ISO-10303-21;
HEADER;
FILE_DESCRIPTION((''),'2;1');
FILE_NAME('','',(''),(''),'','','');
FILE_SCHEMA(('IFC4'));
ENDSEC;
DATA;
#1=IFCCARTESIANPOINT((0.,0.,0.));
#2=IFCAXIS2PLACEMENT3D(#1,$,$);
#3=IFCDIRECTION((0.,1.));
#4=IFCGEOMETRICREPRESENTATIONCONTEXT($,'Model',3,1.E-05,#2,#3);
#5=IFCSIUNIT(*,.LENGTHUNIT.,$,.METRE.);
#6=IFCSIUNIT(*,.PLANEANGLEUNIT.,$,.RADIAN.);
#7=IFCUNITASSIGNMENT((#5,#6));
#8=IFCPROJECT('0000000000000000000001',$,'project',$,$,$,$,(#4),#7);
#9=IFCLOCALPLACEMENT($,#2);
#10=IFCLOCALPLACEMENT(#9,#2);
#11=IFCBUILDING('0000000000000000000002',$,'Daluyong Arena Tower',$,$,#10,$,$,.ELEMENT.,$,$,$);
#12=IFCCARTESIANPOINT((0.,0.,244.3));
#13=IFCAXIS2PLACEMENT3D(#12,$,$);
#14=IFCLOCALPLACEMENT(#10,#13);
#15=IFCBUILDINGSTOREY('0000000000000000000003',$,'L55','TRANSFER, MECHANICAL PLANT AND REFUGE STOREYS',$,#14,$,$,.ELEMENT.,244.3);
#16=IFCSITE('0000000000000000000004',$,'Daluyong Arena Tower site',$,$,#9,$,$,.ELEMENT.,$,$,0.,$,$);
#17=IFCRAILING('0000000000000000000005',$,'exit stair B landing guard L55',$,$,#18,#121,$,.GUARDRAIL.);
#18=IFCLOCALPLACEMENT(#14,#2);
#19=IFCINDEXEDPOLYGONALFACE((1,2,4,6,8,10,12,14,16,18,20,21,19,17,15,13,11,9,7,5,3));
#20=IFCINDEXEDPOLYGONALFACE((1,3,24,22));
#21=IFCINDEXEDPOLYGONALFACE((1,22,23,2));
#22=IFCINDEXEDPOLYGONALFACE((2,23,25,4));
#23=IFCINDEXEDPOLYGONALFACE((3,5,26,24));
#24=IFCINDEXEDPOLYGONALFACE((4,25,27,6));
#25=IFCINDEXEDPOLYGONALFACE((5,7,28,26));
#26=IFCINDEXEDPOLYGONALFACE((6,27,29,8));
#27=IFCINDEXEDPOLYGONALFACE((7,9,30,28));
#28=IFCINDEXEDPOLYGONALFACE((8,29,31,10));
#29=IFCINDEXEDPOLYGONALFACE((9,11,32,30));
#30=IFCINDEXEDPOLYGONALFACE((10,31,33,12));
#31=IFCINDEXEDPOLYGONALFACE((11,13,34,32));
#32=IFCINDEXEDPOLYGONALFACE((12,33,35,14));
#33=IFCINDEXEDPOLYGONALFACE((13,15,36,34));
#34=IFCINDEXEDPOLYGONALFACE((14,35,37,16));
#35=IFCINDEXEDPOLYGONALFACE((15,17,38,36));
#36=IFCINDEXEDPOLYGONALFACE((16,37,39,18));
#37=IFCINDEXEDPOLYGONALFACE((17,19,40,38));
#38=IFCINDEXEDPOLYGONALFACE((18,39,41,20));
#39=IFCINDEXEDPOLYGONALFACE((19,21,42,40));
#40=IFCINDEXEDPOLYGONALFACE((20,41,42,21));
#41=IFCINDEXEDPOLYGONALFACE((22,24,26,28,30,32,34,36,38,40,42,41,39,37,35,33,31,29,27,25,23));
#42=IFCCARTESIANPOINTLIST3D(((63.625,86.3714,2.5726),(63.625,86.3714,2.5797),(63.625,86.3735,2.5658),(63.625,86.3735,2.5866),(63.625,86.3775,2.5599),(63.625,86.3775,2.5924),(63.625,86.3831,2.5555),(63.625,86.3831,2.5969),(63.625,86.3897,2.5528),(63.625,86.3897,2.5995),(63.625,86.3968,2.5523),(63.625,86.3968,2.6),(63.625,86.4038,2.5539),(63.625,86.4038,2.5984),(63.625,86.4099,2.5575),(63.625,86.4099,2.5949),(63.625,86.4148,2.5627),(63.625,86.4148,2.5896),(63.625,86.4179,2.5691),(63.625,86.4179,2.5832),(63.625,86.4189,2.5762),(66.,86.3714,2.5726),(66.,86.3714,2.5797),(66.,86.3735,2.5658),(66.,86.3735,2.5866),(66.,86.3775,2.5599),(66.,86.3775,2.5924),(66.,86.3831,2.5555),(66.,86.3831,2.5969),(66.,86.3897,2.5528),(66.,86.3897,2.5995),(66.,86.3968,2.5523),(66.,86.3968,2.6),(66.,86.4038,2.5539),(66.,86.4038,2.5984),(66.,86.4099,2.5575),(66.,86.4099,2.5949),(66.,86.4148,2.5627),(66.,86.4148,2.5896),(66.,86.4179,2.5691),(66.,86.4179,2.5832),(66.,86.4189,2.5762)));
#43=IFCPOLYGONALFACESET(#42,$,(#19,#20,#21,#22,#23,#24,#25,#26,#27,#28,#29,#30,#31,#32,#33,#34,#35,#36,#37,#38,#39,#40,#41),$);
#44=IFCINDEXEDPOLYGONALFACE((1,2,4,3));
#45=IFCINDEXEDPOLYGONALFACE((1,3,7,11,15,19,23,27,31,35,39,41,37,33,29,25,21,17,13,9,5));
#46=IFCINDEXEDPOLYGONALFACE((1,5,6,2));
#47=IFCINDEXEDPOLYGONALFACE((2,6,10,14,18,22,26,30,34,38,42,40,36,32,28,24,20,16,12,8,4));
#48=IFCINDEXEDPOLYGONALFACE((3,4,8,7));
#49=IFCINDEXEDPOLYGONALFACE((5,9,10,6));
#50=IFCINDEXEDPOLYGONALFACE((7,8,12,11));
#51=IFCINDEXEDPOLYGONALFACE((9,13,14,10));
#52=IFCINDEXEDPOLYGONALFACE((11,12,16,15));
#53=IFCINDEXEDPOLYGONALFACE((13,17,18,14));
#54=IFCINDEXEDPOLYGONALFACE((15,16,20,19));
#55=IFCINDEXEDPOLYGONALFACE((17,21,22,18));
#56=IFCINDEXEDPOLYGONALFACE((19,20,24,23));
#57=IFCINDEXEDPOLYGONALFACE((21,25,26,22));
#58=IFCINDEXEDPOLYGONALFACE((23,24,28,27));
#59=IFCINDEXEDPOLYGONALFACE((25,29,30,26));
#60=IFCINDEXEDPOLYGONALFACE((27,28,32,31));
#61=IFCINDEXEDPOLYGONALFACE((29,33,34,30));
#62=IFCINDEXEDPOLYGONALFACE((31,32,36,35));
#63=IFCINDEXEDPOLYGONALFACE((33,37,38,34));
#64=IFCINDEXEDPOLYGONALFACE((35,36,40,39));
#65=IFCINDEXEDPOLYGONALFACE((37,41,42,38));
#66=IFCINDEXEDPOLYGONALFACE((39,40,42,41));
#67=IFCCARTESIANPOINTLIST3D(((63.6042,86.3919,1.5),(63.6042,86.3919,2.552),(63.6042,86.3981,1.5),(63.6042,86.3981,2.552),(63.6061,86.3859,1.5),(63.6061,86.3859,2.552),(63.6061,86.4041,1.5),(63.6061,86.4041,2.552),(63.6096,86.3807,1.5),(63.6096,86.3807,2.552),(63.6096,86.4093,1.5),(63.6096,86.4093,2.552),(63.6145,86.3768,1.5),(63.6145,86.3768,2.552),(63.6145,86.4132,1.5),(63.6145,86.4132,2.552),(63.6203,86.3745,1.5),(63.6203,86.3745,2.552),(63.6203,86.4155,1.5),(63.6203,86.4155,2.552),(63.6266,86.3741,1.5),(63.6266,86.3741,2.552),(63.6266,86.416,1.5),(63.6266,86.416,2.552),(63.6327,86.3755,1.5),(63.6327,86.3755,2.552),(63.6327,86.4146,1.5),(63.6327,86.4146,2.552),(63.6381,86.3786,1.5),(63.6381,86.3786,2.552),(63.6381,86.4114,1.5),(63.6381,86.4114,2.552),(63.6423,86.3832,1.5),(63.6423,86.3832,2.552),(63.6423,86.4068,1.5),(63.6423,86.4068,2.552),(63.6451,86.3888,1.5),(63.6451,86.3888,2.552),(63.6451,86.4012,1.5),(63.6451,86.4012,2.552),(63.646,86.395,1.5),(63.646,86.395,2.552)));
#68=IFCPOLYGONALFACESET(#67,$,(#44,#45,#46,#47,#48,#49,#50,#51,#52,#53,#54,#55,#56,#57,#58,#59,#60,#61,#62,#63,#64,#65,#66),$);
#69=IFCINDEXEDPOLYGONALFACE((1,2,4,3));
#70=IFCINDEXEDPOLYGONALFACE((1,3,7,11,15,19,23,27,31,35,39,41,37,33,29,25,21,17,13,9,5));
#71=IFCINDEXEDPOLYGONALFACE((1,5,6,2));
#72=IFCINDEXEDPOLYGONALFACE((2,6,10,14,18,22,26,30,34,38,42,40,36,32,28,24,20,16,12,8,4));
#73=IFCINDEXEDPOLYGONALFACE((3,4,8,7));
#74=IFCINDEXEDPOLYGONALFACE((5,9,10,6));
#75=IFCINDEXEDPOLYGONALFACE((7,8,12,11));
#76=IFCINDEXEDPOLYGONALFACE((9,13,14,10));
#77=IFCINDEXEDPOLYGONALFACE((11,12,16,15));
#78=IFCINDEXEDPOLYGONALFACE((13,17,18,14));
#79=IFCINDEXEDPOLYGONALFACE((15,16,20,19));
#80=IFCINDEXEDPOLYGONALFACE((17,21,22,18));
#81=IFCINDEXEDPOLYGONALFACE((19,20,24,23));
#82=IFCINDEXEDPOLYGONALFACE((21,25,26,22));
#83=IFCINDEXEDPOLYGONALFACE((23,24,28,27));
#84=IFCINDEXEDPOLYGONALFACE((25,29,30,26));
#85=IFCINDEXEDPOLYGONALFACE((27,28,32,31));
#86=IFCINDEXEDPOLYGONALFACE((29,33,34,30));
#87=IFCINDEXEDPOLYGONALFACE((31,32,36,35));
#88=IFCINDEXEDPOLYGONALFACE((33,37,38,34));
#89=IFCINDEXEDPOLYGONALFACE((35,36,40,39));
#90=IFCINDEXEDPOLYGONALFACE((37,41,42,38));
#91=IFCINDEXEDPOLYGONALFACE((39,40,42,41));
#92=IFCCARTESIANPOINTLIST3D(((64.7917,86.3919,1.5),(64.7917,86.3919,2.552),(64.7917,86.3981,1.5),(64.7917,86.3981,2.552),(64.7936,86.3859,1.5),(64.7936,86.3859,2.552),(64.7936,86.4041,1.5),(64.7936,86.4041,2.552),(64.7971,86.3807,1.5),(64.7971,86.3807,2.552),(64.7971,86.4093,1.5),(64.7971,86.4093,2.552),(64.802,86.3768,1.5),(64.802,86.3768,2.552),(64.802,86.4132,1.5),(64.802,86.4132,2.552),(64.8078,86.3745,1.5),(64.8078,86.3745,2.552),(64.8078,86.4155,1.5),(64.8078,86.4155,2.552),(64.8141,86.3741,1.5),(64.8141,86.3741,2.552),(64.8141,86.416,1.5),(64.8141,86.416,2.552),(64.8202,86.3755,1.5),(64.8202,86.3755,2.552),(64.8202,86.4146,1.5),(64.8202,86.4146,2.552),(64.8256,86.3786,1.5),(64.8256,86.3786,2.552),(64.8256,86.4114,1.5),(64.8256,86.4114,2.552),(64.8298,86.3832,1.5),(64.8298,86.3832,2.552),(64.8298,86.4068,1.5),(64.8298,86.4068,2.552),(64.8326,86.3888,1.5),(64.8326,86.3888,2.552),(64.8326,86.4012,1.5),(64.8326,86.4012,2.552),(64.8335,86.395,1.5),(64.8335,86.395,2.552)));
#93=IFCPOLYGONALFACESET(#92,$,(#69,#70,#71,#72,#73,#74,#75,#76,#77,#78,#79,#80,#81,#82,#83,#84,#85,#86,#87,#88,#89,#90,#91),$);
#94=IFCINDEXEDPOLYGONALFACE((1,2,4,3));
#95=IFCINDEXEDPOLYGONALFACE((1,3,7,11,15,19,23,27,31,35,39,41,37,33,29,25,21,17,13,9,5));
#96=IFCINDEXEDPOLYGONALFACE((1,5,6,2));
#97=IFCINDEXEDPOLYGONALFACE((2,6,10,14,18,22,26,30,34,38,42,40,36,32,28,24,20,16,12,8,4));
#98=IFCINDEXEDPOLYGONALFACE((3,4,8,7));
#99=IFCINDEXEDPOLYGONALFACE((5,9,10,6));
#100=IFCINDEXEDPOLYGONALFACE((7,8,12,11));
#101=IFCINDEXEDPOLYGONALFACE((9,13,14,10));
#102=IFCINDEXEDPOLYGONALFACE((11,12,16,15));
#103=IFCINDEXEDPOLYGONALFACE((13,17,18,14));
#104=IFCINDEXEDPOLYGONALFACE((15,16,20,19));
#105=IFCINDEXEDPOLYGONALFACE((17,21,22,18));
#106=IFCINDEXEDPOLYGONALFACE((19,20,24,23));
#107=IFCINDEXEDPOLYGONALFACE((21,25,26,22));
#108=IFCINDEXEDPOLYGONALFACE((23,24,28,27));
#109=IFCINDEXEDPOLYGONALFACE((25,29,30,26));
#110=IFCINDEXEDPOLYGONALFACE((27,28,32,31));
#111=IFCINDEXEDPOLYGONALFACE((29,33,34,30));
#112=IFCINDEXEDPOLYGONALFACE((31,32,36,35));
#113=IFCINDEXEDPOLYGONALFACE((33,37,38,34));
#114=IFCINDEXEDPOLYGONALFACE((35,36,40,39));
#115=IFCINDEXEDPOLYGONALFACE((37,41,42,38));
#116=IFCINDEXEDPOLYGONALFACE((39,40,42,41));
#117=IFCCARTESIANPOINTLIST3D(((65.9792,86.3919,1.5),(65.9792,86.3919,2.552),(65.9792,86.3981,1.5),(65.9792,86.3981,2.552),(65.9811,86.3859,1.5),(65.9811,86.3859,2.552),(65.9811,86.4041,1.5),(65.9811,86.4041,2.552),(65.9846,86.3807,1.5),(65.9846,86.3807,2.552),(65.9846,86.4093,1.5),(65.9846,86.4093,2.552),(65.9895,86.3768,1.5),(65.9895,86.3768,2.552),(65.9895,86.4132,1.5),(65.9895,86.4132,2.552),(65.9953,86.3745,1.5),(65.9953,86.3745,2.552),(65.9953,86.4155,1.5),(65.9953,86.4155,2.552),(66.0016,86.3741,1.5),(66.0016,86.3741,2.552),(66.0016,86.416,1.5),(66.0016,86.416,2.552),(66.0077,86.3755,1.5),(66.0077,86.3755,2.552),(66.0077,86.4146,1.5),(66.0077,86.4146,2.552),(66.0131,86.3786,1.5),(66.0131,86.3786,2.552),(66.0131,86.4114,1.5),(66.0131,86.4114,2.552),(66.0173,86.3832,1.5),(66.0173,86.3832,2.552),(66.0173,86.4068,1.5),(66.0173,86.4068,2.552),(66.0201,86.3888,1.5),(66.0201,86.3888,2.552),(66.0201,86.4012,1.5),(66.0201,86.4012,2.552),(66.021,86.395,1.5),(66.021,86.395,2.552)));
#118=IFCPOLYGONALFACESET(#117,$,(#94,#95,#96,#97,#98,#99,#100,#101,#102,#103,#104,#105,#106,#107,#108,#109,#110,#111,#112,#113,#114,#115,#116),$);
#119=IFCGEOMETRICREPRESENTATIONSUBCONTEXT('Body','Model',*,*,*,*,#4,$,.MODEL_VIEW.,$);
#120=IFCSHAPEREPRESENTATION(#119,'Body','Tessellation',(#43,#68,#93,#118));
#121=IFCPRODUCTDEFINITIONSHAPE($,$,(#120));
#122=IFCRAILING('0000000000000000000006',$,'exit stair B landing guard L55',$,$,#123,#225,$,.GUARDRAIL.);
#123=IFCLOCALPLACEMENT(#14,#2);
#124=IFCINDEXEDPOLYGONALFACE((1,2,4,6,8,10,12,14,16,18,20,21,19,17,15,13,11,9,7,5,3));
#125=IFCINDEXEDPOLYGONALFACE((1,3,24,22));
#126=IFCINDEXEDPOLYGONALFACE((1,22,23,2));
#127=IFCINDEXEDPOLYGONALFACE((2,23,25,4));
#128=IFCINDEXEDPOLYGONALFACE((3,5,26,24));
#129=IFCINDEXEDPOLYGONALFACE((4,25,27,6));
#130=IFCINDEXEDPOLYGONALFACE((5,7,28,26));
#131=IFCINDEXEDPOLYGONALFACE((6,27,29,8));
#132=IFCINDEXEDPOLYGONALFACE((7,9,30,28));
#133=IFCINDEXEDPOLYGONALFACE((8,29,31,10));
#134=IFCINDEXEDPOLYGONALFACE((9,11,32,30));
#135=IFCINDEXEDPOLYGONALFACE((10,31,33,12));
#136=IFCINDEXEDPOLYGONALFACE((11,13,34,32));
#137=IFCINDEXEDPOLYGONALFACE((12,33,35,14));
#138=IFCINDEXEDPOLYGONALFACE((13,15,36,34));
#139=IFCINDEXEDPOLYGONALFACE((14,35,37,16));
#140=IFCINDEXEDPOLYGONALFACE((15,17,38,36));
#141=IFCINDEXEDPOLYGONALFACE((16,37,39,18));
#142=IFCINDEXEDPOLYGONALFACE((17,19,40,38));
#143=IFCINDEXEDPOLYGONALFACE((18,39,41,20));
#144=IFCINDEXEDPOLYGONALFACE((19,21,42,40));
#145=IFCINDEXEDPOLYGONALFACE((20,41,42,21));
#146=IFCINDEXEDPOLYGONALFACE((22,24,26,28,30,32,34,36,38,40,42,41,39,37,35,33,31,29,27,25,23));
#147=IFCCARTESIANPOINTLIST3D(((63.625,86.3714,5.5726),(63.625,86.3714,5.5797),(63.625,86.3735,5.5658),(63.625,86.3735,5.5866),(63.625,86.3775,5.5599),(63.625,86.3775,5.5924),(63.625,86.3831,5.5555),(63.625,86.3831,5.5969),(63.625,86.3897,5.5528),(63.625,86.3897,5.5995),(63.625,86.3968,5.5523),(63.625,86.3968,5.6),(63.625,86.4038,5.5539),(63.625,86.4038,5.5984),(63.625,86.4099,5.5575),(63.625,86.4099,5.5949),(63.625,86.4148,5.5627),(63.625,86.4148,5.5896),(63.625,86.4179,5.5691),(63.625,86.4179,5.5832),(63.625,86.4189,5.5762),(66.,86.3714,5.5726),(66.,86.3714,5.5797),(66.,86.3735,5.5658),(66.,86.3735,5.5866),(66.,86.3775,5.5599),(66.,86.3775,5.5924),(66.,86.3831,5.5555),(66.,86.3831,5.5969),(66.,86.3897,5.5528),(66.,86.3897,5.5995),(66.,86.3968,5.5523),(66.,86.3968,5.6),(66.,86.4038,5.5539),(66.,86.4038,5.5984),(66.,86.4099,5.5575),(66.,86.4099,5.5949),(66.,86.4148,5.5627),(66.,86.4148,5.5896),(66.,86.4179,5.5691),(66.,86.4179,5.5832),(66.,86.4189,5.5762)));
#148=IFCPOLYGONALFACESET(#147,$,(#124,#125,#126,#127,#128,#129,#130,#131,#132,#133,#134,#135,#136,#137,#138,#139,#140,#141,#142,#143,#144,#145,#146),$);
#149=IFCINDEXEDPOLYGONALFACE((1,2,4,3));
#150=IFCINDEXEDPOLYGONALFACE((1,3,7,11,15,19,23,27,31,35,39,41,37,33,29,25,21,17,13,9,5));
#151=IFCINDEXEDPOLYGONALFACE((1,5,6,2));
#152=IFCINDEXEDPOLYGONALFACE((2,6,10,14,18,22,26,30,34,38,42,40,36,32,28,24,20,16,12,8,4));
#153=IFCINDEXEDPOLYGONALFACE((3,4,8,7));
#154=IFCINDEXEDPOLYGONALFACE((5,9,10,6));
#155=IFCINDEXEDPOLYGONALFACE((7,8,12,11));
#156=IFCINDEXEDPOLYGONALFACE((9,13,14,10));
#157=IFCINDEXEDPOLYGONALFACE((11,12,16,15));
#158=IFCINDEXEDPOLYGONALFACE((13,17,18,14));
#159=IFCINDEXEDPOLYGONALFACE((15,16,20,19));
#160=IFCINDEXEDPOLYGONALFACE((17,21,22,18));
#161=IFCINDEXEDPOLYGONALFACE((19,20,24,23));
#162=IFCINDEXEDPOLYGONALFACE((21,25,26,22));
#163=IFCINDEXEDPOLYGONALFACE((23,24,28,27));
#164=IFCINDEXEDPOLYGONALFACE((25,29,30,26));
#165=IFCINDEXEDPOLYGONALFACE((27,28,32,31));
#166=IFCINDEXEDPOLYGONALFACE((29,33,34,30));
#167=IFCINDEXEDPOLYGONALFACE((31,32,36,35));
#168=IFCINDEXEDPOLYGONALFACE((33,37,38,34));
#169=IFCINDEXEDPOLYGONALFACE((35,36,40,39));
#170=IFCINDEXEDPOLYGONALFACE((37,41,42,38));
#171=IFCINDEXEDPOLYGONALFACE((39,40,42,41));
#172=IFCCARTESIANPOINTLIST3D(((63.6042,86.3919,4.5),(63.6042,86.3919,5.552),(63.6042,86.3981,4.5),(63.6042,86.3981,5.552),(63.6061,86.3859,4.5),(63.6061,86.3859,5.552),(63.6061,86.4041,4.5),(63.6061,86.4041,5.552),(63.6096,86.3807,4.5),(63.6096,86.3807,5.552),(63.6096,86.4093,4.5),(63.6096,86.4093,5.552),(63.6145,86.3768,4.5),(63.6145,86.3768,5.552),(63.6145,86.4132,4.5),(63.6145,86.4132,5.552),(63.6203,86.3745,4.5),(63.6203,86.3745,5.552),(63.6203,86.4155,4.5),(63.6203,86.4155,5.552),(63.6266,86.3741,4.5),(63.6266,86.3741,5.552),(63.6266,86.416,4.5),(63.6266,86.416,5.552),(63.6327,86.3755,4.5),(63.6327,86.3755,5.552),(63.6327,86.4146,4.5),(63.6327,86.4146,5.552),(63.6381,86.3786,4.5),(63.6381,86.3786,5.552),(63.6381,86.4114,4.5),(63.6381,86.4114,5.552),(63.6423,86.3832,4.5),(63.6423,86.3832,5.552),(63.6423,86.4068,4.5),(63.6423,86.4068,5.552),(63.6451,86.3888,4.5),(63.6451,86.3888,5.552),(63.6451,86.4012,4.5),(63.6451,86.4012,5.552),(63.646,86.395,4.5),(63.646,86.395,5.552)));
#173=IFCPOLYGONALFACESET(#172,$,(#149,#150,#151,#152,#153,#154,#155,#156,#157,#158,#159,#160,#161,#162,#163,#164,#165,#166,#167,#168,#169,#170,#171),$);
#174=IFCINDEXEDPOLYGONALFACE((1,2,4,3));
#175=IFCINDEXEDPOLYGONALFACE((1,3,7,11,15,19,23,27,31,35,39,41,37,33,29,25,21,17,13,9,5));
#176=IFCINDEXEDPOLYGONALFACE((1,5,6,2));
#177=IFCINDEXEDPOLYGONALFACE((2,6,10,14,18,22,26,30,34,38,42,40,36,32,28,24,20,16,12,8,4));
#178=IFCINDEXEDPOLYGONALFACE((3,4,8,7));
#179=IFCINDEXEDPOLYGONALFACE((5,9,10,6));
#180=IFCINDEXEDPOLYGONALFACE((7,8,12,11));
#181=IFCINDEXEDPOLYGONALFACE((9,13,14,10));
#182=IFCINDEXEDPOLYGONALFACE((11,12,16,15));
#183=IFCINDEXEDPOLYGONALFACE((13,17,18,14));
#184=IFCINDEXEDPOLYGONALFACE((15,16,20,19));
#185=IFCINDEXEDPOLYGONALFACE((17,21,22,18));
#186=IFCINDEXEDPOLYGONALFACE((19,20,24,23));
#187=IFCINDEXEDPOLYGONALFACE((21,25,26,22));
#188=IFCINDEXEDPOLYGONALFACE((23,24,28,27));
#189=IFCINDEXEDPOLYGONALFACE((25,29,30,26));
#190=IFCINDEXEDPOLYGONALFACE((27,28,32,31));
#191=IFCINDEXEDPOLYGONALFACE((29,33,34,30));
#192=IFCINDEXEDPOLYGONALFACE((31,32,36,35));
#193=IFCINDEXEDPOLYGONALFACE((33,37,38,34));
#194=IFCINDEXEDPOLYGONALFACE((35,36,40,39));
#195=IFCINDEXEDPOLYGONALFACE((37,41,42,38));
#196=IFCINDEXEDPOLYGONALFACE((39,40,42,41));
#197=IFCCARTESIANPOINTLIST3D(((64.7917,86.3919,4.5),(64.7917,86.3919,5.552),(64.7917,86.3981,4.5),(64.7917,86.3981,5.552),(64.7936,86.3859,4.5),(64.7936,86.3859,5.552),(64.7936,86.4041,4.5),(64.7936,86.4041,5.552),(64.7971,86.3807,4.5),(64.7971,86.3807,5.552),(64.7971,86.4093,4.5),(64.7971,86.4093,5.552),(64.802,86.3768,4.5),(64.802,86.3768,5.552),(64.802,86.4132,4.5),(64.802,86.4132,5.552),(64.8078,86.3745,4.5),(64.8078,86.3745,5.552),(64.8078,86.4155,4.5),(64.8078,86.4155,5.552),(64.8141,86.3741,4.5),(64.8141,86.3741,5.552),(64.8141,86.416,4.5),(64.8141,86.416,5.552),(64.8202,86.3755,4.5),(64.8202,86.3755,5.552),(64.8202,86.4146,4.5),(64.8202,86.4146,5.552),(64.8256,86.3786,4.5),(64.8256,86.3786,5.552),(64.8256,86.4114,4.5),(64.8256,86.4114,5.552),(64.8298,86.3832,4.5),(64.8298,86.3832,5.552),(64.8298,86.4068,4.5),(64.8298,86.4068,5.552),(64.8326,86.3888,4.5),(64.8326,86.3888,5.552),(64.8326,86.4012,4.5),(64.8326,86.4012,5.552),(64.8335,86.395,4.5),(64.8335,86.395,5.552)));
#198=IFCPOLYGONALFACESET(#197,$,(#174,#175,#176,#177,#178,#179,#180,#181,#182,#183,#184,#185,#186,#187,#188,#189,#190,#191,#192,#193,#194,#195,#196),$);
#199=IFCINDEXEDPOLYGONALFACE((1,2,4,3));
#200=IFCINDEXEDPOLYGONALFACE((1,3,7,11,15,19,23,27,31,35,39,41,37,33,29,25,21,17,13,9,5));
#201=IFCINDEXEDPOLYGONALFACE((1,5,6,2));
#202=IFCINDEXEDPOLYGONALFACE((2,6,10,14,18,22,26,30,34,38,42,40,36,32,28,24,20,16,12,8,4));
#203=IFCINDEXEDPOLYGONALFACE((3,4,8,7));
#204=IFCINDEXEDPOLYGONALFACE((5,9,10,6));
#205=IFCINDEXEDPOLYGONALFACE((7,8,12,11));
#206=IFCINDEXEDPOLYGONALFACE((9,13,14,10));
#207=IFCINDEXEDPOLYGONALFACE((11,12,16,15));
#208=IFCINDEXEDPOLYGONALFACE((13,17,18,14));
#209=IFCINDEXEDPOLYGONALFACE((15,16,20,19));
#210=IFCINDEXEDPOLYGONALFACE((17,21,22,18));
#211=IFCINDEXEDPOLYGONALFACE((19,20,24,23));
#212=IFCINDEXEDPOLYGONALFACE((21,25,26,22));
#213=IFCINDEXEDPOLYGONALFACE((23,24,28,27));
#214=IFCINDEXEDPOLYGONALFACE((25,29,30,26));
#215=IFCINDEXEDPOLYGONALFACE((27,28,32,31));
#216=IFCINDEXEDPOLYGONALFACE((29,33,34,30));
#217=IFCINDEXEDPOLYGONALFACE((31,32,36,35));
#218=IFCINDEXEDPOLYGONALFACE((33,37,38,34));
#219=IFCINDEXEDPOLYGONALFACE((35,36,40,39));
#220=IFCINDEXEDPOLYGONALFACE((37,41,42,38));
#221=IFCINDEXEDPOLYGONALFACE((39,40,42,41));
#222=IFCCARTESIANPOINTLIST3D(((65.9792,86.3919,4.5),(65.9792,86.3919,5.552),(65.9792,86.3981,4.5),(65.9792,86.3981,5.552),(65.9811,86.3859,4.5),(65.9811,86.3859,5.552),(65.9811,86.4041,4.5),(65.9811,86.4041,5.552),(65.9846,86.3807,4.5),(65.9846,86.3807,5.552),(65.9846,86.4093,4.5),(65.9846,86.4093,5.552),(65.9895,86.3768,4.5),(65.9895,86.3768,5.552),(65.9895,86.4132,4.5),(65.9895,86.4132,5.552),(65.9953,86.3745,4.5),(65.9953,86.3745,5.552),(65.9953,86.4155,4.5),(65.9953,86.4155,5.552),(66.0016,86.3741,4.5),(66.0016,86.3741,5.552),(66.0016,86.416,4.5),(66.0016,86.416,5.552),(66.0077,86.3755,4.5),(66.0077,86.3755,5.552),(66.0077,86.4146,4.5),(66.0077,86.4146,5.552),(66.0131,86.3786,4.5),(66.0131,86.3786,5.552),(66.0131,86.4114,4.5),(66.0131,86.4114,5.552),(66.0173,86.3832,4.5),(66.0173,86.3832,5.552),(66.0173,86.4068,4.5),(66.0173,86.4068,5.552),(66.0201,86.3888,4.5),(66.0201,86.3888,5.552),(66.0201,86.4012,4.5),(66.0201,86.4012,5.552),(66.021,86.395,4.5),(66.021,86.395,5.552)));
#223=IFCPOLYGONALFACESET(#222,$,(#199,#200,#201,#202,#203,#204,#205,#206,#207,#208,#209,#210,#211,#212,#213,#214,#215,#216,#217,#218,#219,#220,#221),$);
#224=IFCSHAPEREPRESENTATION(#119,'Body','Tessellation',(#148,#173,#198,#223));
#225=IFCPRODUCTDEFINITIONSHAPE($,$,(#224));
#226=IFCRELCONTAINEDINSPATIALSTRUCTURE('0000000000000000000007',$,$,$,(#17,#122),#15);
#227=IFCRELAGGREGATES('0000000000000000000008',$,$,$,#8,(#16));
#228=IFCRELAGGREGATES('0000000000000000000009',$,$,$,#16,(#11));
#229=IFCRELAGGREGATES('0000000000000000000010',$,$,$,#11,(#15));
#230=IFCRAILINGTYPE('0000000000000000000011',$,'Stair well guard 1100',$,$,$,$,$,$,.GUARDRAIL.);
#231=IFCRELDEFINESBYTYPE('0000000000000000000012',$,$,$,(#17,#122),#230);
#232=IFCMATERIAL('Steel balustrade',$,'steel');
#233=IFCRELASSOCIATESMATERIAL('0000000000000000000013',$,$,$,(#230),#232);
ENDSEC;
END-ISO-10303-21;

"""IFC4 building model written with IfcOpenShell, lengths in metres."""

from ifc_helpers import new_model, si_unit, direction, frame, origin, origin_2d, place, context, subcontext, project, spatial, circle, extrude, material, type_object, element, save


model = new_model("IFC4")

# Units and contexts
model_context = context("Model", 3, precision=1e-05, world=origin(), true_north=direction((0.0, 1.0)))
body_context = subcontext(model_context, "Body", "Model", "MODEL_VIEW")
ifc_project = project(units=[si_unit("LENGTHUNIT", "METRE"), si_unit("PLANEANGLEUNIT", "RADIAN")], contexts=[model_context])

# Site, building, storey
site_placement = place(None, origin())
site = spatial("IfcSite", under=ifc_project, at=site_placement, Name="Daluyong Arena Tower site", CompositionType="ELEMENT", RefElevation=0.0)
building_placement = place(site_placement, origin())
building = spatial("IfcBuilding", under=site, at=building_placement, Name="Daluyong Arena Tower", CompositionType="ELEMENT")
storey_placement = place(building_placement, frame((0.0, 0.0, 244.3)))
storey = spatial("IfcBuildingStorey", under=building, at=storey_placement, Name="L55", Description="TRANSFER, MECHANICAL PLANT AND REFUGE STOREYS", CompositionType="ELEMENT", Elevation=244.3)

# Railings
ifc_material_1 = material(Name="Steel balustrade", Category="steel")
railing_type_1 = type_object("IfcRailingType", Name="Stair well guard 1100", PredefinedType="GUARDRAIL", material=ifc_material_1)
for number, where, name in (
    (1, (63.625, 86.395, 1.5), "exit stair B landing guard L55"),
    (2, (63.625, 86.395, 4.5), "exit stair B landing guard L55"),
):
    element("IfcRailing", number, at=place(storey_placement, frame(where)), inside=storey, type_object=railing_type_1, Name=name, PredefinedType="GUARDRAIL", context=body_context, shape_type="SweptSolid", body=[
        extrude(circle(Radius=0.0239, at=origin_2d()), frame((0.0, 0.0, 1.0762), z_axis=(1.0, 0.0, 0.0), x_axis=(0.0, 1.0, 0.0)), (0.0, 0.0, 1.0), 2.375),
        extrude(circle(Radius=0.021, at=origin_2d()), origin(), (0.0, 0.0, 1.0), 1.052),
        extrude(circle(Radius=0.021, at=origin_2d()), frame((1.1875, 0.0, 0.0)), (0.0, 0.0, 1.0), 1.052),
        extrude(circle(Radius=0.021, at=origin_2d()), frame((2.375, 0.0, 0.0)), (0.0, 0.0, 1.0), 1.052),
    ])

save(model, "model.ifc")
